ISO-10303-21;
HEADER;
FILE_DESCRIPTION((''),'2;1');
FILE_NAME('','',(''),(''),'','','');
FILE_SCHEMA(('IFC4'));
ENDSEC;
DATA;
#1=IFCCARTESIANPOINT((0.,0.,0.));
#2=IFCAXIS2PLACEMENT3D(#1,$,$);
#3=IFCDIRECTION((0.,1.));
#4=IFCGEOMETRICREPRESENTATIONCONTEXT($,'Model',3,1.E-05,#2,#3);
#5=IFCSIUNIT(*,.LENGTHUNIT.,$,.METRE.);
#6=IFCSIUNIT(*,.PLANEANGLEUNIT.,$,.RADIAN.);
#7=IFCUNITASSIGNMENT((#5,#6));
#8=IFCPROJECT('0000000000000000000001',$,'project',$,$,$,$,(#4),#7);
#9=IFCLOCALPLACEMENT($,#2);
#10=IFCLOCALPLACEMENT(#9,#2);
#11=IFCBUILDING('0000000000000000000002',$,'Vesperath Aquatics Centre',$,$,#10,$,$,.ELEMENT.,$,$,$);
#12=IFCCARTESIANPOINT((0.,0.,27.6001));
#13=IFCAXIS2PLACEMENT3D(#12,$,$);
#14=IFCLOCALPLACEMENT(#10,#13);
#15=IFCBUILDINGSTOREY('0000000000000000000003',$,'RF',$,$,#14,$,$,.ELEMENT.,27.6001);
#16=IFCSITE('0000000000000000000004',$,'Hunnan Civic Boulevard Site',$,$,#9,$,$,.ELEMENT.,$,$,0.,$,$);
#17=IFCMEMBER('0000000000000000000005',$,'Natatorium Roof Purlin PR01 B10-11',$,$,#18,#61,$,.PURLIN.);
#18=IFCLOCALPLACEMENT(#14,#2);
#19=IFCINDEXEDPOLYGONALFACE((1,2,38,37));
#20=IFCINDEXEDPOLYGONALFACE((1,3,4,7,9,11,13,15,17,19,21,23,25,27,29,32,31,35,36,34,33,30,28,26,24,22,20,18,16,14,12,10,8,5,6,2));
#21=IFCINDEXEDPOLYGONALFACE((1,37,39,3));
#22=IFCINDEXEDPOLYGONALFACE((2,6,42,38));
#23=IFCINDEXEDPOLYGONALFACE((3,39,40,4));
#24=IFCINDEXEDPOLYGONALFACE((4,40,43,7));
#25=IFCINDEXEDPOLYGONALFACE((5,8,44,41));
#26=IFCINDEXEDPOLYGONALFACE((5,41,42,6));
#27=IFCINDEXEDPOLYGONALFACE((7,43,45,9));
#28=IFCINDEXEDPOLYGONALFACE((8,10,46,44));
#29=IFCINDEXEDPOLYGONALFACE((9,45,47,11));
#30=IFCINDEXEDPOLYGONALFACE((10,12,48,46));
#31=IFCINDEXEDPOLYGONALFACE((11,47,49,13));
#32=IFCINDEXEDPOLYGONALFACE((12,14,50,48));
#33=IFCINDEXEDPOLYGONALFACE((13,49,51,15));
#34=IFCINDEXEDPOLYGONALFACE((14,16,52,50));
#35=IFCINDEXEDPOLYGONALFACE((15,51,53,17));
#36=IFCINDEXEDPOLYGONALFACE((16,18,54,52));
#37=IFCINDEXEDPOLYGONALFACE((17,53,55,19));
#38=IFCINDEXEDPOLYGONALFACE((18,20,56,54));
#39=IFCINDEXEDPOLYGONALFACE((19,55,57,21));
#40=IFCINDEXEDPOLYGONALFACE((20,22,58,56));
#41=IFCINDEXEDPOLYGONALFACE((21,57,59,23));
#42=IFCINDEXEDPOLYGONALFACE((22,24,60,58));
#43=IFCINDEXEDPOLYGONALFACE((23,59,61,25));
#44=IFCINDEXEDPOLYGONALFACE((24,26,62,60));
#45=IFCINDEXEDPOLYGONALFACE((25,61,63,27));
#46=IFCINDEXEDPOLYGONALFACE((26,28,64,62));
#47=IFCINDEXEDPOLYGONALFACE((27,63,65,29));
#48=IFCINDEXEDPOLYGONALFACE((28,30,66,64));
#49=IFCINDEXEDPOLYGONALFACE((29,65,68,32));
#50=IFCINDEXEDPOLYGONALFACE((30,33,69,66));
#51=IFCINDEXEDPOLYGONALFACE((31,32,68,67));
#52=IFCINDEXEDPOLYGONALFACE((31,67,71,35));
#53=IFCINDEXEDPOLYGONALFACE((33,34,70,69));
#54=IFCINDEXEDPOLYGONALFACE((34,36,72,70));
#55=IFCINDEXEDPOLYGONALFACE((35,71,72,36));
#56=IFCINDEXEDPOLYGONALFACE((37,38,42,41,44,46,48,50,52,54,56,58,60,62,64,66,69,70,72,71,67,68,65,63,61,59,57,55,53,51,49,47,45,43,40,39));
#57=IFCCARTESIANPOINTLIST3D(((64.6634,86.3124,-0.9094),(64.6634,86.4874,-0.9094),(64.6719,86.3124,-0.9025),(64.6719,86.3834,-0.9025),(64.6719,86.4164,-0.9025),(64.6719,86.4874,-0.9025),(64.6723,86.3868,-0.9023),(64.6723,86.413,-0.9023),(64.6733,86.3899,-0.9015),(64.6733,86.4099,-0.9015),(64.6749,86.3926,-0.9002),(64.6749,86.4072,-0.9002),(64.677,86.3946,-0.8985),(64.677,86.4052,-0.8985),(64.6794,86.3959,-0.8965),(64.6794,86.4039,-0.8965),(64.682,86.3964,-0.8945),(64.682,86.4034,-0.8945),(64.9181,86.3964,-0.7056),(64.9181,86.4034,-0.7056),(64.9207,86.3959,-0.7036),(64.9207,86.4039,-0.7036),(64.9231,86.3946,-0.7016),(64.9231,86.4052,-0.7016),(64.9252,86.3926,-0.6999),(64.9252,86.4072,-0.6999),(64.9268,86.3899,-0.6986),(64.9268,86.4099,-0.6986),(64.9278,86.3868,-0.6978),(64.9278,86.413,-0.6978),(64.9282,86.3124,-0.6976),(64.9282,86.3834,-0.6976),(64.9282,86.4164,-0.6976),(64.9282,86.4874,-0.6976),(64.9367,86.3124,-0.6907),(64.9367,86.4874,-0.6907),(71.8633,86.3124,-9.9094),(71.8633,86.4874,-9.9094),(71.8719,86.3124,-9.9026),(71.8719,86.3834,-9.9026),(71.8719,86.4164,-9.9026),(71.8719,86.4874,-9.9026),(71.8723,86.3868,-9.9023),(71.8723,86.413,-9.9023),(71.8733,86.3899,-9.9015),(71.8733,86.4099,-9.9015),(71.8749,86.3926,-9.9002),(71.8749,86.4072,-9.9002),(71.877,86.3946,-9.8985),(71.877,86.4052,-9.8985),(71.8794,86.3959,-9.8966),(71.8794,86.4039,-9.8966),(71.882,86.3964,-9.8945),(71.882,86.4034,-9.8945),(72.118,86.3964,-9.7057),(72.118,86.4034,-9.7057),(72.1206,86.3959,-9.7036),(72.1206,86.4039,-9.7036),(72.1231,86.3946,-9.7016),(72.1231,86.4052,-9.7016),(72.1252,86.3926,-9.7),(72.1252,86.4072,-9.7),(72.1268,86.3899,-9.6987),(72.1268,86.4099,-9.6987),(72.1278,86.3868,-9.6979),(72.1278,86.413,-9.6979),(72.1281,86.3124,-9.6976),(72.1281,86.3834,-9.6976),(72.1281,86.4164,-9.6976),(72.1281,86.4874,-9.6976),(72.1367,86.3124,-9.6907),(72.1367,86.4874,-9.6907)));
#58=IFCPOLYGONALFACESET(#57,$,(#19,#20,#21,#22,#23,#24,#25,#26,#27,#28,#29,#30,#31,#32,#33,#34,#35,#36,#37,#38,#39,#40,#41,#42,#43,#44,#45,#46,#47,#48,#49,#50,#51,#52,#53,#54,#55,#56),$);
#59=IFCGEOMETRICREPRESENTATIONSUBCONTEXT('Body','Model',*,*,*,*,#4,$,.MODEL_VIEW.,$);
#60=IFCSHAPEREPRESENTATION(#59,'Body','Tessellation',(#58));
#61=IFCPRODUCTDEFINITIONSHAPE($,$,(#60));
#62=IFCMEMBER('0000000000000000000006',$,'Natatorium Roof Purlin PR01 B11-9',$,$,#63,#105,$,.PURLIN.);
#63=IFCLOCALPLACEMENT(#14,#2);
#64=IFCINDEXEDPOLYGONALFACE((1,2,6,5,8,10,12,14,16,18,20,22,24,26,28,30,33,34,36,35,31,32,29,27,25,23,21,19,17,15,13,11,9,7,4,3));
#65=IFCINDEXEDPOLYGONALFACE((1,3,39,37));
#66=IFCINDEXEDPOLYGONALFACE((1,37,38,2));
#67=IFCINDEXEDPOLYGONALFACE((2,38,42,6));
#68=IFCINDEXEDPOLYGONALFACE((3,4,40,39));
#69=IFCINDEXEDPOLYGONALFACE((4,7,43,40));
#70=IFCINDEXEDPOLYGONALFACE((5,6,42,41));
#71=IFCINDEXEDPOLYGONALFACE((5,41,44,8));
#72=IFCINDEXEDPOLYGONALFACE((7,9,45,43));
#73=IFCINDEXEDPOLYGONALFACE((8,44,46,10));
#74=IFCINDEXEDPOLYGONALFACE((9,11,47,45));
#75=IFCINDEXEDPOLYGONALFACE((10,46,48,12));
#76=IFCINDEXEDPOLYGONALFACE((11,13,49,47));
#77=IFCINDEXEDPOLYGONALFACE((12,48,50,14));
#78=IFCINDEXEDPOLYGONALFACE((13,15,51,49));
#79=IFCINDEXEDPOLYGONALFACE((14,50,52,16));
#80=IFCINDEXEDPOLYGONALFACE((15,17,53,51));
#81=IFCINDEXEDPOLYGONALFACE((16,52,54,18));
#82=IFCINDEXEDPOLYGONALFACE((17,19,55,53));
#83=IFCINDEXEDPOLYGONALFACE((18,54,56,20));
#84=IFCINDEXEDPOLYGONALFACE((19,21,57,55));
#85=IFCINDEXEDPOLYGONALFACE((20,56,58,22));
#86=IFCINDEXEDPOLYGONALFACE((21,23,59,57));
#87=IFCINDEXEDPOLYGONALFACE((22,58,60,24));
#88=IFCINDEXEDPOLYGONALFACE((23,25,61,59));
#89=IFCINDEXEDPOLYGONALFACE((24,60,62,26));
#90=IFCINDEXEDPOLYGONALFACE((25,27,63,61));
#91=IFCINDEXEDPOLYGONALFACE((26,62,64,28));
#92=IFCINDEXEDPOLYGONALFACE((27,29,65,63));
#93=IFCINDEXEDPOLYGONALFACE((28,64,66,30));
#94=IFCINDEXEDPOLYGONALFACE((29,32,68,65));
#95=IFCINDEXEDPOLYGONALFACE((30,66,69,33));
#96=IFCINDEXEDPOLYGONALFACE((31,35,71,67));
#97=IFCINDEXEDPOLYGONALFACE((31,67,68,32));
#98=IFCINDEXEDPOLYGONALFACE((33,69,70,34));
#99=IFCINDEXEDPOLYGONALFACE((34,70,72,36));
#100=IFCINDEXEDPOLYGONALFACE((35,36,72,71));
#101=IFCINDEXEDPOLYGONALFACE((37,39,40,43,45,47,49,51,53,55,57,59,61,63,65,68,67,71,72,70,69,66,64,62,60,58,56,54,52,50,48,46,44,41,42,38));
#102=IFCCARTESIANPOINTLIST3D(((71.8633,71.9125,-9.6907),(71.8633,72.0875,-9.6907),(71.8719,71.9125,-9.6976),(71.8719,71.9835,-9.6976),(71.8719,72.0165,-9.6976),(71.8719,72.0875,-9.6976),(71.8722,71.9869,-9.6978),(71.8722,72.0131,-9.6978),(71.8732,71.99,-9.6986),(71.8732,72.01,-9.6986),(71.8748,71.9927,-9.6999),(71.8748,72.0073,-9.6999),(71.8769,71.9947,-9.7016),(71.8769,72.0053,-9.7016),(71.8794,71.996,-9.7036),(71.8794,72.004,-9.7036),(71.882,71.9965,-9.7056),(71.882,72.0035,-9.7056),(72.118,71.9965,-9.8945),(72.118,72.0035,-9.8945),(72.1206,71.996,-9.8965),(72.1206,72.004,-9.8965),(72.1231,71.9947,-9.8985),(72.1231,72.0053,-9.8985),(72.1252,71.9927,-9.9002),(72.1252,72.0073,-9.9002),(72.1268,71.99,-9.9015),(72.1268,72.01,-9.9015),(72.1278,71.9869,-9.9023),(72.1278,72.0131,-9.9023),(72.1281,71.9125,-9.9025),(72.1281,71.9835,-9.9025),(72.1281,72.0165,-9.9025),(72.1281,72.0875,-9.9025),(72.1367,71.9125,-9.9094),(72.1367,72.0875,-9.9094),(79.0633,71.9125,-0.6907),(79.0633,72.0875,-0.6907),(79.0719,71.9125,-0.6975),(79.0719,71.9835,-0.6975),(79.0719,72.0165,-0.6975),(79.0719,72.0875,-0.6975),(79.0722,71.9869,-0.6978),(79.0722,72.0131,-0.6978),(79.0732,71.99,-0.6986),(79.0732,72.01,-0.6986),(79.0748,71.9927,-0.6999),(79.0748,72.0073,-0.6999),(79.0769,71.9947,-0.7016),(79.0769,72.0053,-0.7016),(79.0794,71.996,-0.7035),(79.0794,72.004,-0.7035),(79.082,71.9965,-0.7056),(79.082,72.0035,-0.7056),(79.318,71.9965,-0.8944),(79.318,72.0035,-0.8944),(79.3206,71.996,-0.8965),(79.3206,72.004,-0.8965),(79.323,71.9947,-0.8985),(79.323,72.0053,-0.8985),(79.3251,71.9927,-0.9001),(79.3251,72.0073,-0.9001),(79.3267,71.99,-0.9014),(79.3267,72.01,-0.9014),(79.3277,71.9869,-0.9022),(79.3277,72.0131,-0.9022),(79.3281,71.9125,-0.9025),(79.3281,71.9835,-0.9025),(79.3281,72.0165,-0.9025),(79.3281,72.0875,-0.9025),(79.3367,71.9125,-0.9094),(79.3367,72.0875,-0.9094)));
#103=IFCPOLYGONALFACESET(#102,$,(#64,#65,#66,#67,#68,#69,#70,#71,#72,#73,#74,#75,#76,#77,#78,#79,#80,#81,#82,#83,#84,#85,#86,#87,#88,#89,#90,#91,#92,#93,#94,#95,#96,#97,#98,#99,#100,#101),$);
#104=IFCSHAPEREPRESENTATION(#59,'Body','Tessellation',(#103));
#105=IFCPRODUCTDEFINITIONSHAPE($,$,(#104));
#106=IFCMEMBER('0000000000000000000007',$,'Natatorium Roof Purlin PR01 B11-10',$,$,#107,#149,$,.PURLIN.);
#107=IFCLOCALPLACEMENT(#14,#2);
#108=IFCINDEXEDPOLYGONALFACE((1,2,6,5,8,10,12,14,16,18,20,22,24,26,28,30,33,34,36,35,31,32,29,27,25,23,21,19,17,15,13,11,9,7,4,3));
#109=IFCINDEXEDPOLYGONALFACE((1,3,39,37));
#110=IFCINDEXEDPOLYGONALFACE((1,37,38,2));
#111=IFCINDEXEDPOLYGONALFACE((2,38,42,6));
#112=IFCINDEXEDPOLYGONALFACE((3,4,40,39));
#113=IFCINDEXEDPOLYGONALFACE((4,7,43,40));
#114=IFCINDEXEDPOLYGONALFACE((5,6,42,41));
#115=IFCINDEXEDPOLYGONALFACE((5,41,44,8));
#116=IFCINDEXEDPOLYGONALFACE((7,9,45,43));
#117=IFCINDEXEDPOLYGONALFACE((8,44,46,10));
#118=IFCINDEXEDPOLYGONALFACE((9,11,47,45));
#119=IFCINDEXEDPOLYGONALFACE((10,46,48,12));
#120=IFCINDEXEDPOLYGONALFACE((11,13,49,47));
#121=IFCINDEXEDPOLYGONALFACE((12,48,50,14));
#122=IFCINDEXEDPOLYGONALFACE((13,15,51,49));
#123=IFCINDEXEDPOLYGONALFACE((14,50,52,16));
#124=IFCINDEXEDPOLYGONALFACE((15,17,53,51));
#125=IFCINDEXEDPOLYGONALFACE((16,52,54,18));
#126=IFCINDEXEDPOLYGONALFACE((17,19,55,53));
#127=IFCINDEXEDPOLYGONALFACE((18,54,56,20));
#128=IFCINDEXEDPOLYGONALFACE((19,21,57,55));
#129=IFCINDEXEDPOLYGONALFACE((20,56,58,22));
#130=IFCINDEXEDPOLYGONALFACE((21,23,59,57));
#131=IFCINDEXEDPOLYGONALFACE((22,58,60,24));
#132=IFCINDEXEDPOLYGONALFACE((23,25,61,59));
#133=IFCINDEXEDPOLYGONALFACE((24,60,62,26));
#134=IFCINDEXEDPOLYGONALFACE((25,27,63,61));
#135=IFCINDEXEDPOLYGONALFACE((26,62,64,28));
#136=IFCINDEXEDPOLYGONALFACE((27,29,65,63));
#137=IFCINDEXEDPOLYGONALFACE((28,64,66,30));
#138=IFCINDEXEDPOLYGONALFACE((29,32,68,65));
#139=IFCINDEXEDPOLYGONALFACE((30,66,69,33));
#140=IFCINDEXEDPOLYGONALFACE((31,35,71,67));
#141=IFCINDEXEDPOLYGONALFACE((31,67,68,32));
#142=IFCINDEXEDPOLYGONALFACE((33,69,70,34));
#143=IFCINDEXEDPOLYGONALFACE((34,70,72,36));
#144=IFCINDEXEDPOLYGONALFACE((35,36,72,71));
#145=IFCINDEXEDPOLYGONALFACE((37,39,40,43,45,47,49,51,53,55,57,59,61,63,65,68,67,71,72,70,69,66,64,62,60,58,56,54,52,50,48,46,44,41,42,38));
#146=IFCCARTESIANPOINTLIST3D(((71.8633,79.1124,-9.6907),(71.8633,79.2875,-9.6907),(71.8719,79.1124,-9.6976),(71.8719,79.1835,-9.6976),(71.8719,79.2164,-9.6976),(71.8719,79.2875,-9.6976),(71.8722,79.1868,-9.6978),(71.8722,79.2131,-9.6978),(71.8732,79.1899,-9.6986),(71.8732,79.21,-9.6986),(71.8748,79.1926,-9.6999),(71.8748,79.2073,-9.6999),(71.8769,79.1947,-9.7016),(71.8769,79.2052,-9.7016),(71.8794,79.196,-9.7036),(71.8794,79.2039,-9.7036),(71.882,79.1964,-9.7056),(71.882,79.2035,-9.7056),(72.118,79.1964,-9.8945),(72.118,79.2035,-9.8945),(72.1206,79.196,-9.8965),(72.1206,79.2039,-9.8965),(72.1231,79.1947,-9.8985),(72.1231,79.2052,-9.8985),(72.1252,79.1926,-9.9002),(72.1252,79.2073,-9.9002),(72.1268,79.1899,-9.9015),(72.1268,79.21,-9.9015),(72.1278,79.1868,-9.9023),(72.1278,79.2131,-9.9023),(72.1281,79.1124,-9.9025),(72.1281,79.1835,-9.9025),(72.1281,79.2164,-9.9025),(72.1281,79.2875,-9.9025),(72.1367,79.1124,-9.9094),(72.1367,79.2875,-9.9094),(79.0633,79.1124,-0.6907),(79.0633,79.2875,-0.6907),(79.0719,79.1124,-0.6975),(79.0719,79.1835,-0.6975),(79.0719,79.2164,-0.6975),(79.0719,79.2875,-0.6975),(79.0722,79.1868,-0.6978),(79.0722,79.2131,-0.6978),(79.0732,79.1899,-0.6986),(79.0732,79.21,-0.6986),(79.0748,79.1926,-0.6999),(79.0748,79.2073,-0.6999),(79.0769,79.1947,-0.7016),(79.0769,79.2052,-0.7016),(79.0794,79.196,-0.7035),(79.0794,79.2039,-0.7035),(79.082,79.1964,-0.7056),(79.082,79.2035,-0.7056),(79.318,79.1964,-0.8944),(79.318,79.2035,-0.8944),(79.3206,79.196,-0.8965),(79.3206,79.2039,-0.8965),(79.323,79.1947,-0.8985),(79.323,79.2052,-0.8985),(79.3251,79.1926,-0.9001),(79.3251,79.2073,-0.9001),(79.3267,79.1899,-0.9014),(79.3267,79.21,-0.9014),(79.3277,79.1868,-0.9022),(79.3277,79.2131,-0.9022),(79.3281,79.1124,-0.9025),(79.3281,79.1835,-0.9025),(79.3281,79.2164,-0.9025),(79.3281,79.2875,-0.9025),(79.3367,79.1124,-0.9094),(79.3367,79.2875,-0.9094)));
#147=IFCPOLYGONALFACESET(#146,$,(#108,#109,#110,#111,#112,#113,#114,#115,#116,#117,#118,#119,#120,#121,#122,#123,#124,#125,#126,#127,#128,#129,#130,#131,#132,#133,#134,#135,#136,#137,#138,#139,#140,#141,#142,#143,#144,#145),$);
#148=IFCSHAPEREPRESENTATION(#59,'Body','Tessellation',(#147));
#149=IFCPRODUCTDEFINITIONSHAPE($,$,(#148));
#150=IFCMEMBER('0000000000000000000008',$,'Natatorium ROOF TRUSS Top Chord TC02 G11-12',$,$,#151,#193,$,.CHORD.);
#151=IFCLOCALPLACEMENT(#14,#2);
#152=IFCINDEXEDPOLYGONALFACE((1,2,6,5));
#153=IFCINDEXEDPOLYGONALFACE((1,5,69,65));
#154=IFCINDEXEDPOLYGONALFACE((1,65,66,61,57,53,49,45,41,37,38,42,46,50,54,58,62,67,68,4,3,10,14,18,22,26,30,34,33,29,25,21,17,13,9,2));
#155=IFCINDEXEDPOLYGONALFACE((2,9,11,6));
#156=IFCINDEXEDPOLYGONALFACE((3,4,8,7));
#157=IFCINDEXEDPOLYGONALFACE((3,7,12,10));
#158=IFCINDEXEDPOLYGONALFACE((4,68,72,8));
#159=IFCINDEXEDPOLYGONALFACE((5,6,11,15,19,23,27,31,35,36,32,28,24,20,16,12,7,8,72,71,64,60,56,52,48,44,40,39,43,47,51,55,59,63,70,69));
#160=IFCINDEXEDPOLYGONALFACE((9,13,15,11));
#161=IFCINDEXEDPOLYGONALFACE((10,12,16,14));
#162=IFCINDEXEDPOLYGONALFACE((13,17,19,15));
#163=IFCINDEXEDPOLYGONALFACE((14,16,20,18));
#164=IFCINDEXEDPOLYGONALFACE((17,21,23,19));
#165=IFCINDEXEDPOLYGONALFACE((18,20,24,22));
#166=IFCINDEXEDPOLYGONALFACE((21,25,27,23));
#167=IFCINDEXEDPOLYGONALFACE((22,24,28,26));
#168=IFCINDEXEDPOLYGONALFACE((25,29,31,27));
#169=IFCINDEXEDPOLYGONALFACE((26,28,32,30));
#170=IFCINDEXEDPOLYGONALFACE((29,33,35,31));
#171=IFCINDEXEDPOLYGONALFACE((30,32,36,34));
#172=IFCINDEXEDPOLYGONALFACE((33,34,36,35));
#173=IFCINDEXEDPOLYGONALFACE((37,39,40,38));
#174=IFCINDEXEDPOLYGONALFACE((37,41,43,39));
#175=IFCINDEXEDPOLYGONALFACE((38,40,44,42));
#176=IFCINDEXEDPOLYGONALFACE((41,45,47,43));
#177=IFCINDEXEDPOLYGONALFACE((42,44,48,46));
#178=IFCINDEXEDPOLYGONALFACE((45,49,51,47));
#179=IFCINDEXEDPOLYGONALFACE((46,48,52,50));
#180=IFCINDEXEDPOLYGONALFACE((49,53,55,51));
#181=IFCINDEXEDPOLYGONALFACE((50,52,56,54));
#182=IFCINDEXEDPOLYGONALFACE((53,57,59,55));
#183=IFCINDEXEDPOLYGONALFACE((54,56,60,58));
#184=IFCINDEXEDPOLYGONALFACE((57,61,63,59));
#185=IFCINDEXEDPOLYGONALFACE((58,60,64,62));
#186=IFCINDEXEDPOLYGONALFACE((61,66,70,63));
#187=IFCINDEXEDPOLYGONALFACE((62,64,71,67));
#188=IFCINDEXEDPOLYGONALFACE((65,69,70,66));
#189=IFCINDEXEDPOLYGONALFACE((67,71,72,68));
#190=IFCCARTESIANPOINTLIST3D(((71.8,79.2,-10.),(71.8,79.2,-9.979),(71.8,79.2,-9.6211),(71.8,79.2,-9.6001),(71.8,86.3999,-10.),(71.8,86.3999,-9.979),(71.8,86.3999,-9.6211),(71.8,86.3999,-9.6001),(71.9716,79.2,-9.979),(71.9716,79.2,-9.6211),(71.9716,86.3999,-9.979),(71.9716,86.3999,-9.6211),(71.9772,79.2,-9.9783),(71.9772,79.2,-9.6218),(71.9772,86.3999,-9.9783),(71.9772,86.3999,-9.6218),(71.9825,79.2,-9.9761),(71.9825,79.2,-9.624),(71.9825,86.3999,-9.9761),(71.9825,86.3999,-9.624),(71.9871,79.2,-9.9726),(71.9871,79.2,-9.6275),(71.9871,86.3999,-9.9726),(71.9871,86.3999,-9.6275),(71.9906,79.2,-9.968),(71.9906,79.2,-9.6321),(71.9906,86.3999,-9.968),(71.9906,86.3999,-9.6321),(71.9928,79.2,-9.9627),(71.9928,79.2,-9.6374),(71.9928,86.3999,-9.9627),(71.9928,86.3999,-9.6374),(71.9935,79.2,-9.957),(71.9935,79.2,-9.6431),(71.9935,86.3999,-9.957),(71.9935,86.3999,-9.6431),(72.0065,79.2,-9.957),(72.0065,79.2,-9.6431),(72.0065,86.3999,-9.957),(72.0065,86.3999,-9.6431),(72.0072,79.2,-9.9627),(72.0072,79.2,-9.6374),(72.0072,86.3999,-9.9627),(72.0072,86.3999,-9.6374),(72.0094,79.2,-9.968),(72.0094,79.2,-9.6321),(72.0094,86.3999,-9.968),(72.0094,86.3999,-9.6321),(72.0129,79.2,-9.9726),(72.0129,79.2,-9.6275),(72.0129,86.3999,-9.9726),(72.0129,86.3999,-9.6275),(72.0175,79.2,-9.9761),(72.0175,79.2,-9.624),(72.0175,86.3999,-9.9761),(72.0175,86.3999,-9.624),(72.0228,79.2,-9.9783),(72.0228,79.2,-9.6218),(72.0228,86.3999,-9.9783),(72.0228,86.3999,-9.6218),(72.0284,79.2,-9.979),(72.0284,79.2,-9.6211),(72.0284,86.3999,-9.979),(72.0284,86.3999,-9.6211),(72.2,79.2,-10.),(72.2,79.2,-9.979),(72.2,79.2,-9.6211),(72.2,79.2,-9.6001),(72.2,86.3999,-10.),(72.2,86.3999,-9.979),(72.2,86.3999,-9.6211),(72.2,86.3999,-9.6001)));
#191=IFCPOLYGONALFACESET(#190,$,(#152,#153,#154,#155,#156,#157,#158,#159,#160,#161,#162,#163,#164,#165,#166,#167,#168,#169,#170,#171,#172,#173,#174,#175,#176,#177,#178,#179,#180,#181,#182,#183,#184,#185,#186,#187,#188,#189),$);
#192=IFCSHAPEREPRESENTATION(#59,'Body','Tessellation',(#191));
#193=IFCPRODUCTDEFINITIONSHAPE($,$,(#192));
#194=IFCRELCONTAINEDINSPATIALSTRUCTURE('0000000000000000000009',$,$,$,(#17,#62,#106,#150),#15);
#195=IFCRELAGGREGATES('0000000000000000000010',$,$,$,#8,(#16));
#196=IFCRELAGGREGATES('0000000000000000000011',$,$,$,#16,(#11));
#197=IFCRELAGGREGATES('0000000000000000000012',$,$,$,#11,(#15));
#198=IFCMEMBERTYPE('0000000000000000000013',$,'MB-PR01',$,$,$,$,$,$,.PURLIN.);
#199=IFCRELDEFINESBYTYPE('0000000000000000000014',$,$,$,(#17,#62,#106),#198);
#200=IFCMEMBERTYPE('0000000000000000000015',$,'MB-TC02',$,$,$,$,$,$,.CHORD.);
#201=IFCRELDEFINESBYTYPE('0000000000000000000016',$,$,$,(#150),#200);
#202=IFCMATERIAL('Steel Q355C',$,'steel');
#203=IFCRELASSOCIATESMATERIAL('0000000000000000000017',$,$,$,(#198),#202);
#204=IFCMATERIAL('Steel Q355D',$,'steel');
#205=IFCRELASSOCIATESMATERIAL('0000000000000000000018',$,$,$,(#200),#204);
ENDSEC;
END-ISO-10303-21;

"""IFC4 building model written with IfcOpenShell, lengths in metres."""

from ifc_helpers import new_model, si_unit, direction, frame, origin, origin_2d, place, context, subcontext, project, spatial, i_section, extrude, material, material_profile, profile_set, type_object, element, save


model = new_model("IFC4")

# Units and contexts
model_context = context("Model", 3, precision=1e-05, world=origin(), true_north=direction((0.0, 1.0)))
body_context = subcontext(model_context, "Body", "Model", "MODEL_VIEW")
ifc_project = project(units=[si_unit("LENGTHUNIT", "METRE"), si_unit("PLANEANGLEUNIT", "RADIAN")], contexts=[model_context])

# Site, building, storey
site_placement = place(None, origin())
site = spatial("IfcSite", under=ifc_project, at=site_placement, Name="Hunnan Civic Boulevard Site", CompositionType="ELEMENT", RefElevation=0.0)
building_placement = place(site_placement, origin())
building = spatial("IfcBuilding", under=site, at=building_placement, Name="Vesperath Aquatics Centre", CompositionType="ELEMENT")
storey_placement = place(building_placement, frame((0.0, 0.0, 27.6001)))
storey = spatial("IfcBuildingStorey", under=building, at=storey_placement, Name="RF", CompositionType="ELEMENT", Elevation=27.6001)

# Shared definitions
ifc_material_1 = material(Name="Steel Q355C", Category="steel")

# Members
ifc_material_2 = material(Name="Steel Q355D", Category="steel")
ifc_material_profile_1 = material_profile(ifc_material_1, i_section(OverallWidth=0.175, OverallDepth=0.3501, WebThickness=0.0071, FlangeThickness=0.011, FilletRadius=0.0129, at=origin_2d()), Name="HN 350x175x7x11")
ifc_profile_set_1 = profile_set([ifc_material_profile_1], Name="Steel Q355C")
member_type_1 = type_object("IfcMemberType", Name="MB-PR01", PredefinedType="PURLIN", material=ifc_profile_set_1)
for number, where, z_axis, x_axis, name in (
    (1, (64.8, 86.3999, -0.8), (0.624692, 0.0, -0.780871), (0.0, 1.0, 0.0), "Natatorium Roof Purlin PR01 B10-11"),
    (2, (72.0, 72.0, -9.8), (0.624692, 0.0, 0.780871), (0.0, 1.0, 0.0), "Natatorium Roof Purlin PR01 B11-9"),
    (3, (72.0, 79.2, -9.8), (0.624692, 0.0, 0.780871), (0.0, 1.0, 0.0), "Natatorium Roof Purlin PR01 B11-10"),
):
    element("IfcMember", number, at=place(storey_placement, frame(where, z_axis=z_axis, x_axis=x_axis)), inside=storey, type_object=member_type_1, Name=name, PredefinedType="PURLIN", context=body_context, shape_type="SweptSolid", body=[
        extrude(i_section(OverallWidth=0.175, OverallDepth=0.3501, WebThickness=0.0071, FlangeThickness=0.011, FilletRadius=0.0129, at=origin_2d()), origin(), (0.0, 0.0, 1.0), 11.5256),
    ])
ifc_material_profile_2 = material_profile(ifc_material_2, i_section(OverallWidth=0.3999, OverallDepth=0.3999, WebThickness=0.0129, FlangeThickness=0.021, FilletRadius=0.022, at=origin_2d()), Name="HW 400x400x13x21")
ifc_profile_set_2 = profile_set([ifc_material_profile_2], Name="Steel Q355D")
member_type_2 = type_object("IfcMemberType", Name="MB-TC02", PredefinedType="CHORD", material=ifc_profile_set_2)
member_placement = place(storey_placement, frame((72.0, 79.2, -9.8), z_axis=(0.0, 1.0, 0.0), x_axis=(-1.0, 0.0, 0.0)))
element("IfcMember", 4, at=member_placement, inside=storey, type_object=member_type_2, Name="Natatorium ROOF TRUSS Top Chord TC02 G11-12", PredefinedType="CHORD", context=body_context, shape_type="SweptSolid", body=[
    extrude(i_section(OverallWidth=0.3999, OverallDepth=0.3999, WebThickness=0.0129, FlangeThickness=0.021, FilletRadius=0.022, at=origin_2d()), origin(), (0.0, 0.0, 1.0), 7.2),
])

save(model, "model.ifc")
